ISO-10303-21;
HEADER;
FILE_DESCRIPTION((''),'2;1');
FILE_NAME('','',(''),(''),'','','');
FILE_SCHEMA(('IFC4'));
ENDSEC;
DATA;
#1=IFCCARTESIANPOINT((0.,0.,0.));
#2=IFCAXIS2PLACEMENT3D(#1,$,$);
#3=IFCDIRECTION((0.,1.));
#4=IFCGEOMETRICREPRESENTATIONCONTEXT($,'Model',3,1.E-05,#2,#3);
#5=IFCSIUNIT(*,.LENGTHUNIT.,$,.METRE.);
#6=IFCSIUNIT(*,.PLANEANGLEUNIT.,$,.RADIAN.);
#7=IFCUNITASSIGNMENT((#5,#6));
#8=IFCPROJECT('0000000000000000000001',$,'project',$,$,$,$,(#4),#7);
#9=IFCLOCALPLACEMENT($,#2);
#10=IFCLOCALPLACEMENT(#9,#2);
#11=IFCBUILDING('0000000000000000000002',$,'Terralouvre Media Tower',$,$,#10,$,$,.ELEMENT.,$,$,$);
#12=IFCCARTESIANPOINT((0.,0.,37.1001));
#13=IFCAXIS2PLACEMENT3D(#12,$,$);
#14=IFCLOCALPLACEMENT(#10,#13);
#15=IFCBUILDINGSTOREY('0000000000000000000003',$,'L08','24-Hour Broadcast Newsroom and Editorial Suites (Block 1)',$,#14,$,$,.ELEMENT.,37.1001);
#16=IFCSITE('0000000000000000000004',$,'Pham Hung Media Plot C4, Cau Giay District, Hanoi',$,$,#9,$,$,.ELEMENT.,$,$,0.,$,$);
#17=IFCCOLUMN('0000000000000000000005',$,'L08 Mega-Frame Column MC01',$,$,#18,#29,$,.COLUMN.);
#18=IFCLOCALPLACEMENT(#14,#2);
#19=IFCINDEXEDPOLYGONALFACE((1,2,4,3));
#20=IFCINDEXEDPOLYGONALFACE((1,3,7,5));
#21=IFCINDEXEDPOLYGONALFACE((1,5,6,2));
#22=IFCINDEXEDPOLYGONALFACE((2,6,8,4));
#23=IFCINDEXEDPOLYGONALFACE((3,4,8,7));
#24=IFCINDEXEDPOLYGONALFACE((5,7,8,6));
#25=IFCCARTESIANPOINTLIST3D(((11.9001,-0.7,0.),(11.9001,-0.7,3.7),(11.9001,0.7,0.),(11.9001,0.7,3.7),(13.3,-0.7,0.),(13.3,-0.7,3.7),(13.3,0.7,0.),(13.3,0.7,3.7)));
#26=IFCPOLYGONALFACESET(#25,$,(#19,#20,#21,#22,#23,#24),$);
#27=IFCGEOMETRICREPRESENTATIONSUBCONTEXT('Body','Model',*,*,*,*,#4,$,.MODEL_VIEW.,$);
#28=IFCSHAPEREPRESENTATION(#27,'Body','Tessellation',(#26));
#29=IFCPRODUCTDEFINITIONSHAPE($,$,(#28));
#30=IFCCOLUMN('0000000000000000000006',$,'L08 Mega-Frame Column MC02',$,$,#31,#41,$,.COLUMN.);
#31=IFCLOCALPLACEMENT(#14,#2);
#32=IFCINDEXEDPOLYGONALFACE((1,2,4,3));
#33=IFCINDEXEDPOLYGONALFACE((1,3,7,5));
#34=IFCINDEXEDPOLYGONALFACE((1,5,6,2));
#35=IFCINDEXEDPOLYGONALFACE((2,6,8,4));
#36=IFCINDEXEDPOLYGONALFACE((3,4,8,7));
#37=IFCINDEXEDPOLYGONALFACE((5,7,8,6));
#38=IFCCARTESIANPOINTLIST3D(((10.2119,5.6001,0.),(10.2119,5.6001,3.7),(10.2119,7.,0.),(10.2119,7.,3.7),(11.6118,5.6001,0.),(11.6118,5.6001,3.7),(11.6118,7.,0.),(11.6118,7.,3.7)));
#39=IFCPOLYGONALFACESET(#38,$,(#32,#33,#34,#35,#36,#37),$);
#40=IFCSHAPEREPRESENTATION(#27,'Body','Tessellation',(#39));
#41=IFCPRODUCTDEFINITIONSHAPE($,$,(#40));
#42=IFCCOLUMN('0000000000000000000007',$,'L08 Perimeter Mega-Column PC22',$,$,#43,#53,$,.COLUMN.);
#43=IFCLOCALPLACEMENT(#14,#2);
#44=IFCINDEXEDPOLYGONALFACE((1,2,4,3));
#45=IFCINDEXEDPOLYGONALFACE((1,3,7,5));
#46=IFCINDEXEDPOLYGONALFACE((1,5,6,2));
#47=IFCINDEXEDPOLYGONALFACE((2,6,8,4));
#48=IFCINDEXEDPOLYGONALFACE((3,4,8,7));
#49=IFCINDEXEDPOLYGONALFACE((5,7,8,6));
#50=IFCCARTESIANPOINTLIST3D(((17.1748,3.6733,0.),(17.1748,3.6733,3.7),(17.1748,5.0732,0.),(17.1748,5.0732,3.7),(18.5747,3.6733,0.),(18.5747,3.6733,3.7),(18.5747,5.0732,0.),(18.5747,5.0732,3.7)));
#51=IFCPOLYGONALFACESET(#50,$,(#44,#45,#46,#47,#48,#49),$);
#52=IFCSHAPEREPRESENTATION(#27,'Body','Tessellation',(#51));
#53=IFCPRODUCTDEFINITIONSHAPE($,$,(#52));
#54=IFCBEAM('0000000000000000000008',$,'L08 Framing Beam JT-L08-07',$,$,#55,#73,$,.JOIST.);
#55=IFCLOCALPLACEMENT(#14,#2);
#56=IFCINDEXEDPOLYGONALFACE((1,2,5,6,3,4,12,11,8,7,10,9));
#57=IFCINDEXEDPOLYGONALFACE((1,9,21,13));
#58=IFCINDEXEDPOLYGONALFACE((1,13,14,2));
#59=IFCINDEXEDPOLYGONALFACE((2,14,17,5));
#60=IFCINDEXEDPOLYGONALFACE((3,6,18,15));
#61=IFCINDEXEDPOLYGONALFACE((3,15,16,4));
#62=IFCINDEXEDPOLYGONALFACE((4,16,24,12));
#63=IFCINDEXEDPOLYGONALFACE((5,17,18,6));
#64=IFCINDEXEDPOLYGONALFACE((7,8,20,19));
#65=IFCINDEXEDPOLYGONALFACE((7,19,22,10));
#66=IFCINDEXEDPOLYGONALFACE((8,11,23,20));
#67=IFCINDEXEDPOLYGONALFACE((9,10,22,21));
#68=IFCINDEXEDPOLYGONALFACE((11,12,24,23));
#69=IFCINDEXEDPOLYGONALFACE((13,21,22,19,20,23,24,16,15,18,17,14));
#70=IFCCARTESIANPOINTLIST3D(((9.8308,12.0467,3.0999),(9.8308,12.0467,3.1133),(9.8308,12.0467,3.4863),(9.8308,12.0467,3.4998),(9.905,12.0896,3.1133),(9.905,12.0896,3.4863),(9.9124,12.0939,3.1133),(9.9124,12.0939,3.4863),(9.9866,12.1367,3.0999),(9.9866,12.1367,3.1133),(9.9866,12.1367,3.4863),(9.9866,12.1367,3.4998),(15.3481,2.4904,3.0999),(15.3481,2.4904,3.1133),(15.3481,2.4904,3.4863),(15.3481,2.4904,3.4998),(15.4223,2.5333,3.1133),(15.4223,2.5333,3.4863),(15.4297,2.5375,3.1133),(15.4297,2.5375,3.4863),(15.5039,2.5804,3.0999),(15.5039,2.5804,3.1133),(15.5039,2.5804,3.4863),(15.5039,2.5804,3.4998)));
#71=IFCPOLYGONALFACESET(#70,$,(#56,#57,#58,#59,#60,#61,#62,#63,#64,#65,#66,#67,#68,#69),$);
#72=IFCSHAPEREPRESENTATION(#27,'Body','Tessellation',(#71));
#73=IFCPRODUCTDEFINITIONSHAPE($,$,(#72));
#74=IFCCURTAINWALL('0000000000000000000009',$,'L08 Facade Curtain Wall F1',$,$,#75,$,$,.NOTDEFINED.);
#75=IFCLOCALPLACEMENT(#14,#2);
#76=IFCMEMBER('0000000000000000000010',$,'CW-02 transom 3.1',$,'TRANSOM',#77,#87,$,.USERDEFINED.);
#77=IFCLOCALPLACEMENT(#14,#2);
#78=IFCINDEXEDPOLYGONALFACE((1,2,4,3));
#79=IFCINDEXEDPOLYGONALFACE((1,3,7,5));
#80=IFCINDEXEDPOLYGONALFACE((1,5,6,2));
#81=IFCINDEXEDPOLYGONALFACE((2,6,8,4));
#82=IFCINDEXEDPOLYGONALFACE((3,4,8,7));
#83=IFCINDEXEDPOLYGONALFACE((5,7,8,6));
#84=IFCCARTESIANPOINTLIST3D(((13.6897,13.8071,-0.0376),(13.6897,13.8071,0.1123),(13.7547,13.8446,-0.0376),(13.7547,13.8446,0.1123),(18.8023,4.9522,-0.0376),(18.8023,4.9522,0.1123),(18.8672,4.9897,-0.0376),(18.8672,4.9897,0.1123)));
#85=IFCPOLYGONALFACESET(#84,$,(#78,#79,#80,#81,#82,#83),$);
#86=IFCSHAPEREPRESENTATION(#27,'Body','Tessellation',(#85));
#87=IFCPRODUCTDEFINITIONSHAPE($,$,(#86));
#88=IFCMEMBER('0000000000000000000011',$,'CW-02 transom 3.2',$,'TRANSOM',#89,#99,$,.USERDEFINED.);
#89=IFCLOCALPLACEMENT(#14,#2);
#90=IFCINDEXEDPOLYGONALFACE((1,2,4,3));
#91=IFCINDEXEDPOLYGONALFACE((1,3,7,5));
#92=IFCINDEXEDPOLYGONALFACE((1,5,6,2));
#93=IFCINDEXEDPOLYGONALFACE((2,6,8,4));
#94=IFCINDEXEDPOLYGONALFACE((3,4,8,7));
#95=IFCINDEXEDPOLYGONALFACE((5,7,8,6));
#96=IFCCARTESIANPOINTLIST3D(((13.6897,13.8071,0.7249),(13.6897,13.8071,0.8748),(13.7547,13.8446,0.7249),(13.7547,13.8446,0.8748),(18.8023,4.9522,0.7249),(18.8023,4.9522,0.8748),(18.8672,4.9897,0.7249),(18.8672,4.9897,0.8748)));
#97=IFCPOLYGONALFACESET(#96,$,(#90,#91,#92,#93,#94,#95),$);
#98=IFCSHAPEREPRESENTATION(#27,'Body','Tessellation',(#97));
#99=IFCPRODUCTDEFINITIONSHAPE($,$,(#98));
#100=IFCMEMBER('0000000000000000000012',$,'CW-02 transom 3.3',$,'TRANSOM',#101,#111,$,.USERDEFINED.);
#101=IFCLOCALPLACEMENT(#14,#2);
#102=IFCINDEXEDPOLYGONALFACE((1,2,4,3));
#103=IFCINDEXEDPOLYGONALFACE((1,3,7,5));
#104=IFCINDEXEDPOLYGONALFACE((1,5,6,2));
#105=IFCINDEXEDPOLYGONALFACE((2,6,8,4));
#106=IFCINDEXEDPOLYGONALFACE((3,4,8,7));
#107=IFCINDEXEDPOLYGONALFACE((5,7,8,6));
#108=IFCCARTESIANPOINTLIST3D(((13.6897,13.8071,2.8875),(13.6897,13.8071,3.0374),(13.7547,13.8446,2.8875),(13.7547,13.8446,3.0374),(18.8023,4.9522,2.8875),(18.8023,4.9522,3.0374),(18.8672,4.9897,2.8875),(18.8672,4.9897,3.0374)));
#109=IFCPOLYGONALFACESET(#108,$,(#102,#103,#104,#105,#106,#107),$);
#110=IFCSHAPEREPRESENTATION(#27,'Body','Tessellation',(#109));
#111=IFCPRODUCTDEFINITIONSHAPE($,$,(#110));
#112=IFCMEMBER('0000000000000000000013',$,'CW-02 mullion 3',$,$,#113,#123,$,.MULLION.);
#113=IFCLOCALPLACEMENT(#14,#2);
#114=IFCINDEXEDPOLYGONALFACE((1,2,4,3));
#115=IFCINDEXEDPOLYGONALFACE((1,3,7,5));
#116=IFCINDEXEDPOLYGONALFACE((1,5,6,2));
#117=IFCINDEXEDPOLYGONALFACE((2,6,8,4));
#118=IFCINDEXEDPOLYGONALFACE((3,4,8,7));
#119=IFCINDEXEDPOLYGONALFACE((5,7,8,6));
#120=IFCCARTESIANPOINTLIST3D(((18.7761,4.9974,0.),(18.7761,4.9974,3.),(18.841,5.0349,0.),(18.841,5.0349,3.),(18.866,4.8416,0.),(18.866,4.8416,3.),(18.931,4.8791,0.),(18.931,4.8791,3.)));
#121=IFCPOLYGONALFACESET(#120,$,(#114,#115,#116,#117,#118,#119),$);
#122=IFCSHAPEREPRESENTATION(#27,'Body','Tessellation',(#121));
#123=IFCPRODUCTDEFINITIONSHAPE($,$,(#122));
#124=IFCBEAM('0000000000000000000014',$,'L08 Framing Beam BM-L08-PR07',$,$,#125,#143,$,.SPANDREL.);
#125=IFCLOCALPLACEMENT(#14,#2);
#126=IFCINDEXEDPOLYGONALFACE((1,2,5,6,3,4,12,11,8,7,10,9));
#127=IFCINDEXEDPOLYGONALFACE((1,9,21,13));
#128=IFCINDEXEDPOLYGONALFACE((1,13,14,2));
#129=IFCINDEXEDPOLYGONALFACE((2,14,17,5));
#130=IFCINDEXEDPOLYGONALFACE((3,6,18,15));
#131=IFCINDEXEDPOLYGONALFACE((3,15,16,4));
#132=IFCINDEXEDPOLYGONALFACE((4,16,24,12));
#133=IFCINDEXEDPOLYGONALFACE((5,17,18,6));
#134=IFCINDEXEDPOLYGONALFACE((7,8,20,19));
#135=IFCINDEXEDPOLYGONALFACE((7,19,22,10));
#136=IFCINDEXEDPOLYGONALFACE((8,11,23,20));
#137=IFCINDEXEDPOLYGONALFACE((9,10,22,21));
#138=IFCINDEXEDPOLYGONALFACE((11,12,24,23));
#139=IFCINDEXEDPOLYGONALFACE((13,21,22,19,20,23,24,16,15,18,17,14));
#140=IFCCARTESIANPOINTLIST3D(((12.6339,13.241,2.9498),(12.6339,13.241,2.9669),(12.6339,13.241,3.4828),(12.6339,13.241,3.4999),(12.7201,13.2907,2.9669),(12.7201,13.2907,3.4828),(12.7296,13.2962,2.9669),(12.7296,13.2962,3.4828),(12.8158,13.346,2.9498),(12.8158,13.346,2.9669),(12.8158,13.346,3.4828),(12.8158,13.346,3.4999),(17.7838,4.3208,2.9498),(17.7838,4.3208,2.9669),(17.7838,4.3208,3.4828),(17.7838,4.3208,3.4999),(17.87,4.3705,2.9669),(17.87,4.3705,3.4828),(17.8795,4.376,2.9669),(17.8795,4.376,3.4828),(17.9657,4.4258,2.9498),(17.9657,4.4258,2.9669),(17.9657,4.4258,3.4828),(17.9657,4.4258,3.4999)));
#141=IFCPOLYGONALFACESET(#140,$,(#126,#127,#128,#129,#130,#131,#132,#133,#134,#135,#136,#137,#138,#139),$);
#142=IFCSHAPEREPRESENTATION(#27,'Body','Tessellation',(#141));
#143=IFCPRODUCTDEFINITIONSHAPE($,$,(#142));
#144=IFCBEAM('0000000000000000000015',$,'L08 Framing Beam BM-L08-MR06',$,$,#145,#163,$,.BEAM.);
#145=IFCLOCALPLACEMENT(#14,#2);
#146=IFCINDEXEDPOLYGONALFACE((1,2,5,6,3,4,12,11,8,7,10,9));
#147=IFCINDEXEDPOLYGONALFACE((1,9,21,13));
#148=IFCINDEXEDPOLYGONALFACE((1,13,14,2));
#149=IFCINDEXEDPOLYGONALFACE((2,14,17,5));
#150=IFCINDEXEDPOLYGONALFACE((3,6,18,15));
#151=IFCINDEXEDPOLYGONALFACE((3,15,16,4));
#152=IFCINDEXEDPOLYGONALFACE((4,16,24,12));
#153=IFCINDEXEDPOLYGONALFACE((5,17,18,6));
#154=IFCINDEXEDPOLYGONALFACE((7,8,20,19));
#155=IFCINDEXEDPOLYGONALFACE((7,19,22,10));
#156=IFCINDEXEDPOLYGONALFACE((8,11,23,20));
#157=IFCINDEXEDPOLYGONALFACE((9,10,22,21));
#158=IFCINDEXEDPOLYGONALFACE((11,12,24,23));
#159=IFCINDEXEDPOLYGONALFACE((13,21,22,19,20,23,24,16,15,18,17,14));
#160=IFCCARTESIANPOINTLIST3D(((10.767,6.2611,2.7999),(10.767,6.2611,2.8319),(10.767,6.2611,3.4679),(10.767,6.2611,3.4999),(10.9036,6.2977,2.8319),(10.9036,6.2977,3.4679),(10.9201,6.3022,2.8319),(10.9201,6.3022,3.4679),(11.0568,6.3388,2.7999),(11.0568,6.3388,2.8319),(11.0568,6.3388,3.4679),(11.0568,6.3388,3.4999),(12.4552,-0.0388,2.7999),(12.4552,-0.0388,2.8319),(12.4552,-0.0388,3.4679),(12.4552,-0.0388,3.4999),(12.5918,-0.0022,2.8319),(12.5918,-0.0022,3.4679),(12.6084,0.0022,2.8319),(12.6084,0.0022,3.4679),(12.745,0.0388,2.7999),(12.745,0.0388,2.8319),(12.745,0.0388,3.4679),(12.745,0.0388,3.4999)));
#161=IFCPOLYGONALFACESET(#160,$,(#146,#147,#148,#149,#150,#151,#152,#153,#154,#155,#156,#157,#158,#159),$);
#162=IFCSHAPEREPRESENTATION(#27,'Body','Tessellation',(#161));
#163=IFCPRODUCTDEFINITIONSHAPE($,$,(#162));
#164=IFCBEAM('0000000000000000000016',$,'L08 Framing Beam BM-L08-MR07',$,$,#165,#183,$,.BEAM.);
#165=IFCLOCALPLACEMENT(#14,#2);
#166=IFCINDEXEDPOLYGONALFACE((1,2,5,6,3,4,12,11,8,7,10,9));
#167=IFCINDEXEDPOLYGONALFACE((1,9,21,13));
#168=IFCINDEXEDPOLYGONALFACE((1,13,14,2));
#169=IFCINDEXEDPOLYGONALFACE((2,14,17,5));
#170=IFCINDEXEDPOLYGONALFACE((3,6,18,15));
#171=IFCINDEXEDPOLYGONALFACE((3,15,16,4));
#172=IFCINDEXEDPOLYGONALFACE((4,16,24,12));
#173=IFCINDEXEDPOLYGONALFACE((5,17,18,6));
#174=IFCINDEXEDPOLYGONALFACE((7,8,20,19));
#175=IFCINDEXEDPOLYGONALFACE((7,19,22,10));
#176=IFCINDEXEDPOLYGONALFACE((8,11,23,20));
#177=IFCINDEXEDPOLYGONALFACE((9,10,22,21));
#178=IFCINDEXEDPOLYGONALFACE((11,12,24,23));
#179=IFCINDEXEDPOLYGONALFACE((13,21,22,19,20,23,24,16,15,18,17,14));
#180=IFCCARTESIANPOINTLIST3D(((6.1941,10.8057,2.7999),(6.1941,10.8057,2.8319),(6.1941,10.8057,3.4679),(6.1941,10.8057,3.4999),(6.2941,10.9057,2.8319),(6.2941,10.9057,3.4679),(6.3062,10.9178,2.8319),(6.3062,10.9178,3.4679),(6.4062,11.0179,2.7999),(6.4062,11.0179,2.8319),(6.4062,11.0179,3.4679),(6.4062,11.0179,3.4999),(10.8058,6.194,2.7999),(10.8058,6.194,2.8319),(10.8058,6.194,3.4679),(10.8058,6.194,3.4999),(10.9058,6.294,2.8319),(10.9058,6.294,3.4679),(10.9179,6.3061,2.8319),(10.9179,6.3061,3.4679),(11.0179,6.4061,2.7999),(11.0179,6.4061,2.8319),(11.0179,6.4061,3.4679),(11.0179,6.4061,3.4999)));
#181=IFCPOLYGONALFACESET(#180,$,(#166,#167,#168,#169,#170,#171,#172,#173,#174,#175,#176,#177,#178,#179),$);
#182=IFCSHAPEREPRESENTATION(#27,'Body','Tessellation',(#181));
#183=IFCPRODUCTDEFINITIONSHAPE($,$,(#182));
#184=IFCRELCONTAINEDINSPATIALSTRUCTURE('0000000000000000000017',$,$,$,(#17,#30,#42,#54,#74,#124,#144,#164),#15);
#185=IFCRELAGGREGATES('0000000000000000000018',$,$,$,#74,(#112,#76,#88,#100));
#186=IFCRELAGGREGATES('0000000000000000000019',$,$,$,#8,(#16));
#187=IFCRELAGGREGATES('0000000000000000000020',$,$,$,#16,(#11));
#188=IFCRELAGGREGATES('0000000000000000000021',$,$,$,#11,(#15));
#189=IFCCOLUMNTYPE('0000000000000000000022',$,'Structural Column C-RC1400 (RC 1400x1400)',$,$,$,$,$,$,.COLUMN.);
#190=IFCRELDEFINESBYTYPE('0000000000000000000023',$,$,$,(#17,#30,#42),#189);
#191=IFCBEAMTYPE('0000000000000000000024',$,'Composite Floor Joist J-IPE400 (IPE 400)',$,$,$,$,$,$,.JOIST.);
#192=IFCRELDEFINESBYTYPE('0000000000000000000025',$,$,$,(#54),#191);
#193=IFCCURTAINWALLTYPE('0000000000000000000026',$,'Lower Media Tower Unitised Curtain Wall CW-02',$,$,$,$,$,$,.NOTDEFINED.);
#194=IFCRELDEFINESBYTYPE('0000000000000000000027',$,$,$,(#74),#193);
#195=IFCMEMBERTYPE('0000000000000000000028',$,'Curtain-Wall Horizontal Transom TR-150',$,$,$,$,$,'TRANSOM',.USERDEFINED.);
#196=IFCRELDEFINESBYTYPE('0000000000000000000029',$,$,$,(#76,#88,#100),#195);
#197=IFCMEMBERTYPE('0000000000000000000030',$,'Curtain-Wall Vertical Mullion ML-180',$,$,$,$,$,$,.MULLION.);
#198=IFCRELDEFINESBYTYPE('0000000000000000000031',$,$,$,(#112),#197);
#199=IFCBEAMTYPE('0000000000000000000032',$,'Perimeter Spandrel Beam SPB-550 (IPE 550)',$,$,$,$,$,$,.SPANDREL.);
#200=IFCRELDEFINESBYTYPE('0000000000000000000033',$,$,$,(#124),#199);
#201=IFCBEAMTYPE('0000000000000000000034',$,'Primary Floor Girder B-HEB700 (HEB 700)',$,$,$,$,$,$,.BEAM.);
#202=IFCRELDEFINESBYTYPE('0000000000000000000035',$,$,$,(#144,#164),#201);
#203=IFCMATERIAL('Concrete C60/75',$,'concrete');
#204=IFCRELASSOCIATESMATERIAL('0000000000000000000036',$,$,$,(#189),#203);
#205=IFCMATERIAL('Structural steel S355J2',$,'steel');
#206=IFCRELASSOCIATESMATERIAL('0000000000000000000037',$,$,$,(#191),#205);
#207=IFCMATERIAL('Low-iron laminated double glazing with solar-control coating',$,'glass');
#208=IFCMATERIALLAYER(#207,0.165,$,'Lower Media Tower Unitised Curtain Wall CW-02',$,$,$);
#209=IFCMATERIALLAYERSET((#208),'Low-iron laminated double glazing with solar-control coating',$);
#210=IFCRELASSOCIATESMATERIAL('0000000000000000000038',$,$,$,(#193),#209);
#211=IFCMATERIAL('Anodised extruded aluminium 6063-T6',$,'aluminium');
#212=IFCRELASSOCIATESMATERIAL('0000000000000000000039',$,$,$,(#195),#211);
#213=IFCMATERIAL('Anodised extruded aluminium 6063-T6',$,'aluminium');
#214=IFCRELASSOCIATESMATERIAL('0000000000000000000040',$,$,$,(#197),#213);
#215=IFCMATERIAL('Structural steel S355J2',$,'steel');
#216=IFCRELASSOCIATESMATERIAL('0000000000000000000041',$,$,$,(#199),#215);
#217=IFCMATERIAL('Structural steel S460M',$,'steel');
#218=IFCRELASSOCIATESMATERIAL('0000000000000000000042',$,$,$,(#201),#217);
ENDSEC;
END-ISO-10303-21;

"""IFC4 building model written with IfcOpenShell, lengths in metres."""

from ifc_helpers import new_model, si_unit, direction, frame, origin, origin_2d, place, context, subcontext, project, spatial, rectangle, i_section, extrude, material, layer, layer_set, material_profile, profile_set, type_object, element, aggregate, save


model = new_model("IFC4")

# Units and contexts
model_context = context("Model", 3, precision=1e-05, world=origin(), true_north=direction((0.0, 1.0)))
body_context = subcontext(model_context, "Body", "Model", "MODEL_VIEW")
ifc_project = project(units=[si_unit("LENGTHUNIT", "METRE"), si_unit("PLANEANGLEUNIT", "RADIAN")], contexts=[model_context])

# Site, building, storey
site_placement = place(None, origin())
site = spatial("IfcSite", under=ifc_project, at=site_placement, Name="Pham Hung Media Plot C4, Cau Giay District, Hanoi", CompositionType="ELEMENT", RefElevation=0.0)
building_placement = place(site_placement, origin())
building = spatial("IfcBuilding", under=site, at=building_placement, Name="Terralouvre Media Tower", CompositionType="ELEMENT")
storey_placement = place(building_placement, frame((0.0, 0.0, 37.1001)))
storey = spatial("IfcBuildingStorey", under=building, at=storey_placement, Name="L08", Description="24-Hour Broadcast Newsroom and Editorial Suites (Block 1)", CompositionType="ELEMENT", Elevation=37.1001)

# Columns
ifc_material_1 = material(Name="Concrete C60/75", Category="concrete")
ifc_material_profile_1 = material_profile(ifc_material_1, rectangle(XDim=1.3999, YDim=1.3999, at=origin_2d()), Name="RC 1400x1400")
ifc_profile_set_1 = profile_set([ifc_material_profile_1], Name="Concrete C60/75")
column_type = type_object("IfcColumnType", Name="Structural Column C-RC1400 (RC 1400x1400)", PredefinedType="COLUMN", material=ifc_profile_set_1)
for number, where, z_axis, x_axis, name in (
    (1, (12.6001, 0.0, 0.0), (0.0, 0.0, 1.0), (1.0, 0.0, 0.0), "L08 Mega-Frame Column MC01"),
    (2, (10.9119, 6.3, 0.0), (0.0, 0.0, 1.0), (1.0, 0.0, 0.0), "L08 Mega-Frame Column MC02"),
    (3, (17.8748, 4.3733, 0.0), (0.0, 0.0, 1.0), (1.0, 0.0, 0.0), "L08 Perimeter Mega-Column PC22"),
):
    element("IfcColumn", number, at=place(storey_placement, frame(where, z_axis=z_axis, x_axis=x_axis)), inside=storey, type_object=column_type, Name=name, PredefinedType="COLUMN", context=body_context, shape_type="SweptSolid", body=[
        extrude(rectangle(XDim=1.3999, YDim=1.3999, at=origin_2d()), origin(), (0.0, 0.0, 1.0), 3.7),
    ])

# Beam
ifc_material_2 = material(Name="Structural steel S355J2", Category="steel")
ifc_material_profile_2 = material_profile(ifc_material_2, i_section(OverallWidth=0.1799, OverallDepth=0.3999, WebThickness=0.0085, FlangeThickness=0.0134, at=origin_2d()), Name="IPE 400")
ifc_profile_set_2 = profile_set([ifc_material_profile_2], Name="Structural steel S355J2")
beam_type_1 = type_object("IfcBeamType", Name="Composite Floor Joist J-IPE400 (IPE 400)", PredefinedType="JOIST", material=ifc_profile_set_2)
beam_1_placement = place(storey_placement, frame((15.426, 2.5354, 3.2998), z_axis=(-0.499996, 0.866028, 0.0), x_axis=(-0.866028, -0.499996, 0.0)))
element("IfcBeam", 4, at=beam_1_placement, inside=storey, type_object=beam_type_1, Name="L08 Framing Beam JT-L08-07", PredefinedType="JOIST", context=body_context, shape_type="SweptSolid", body=[
    extrude(i_section(OverallWidth=0.1799, OverallDepth=0.3999, WebThickness=0.0085, FlangeThickness=0.0134, at=origin_2d()), origin(), (0.0, 0.0, 1.0), 11.0347),
])

# Curtain wall, members
ifc_material_3 = material(Name="Low-iron laminated double glazing with solar-control coating", Category="glass")
ifc_layer_1 = layer(ifc_material_3, 0.165, Name="Lower Media Tower Unitised Curtain Wall CW-02")
ifc_layer_set_1 = layer_set([ifc_layer_1], Name="Low-iron laminated double glazing with solar-control coating")
curtain_wall_type = type_object("IfcCurtainWallType", Name="Lower Media Tower Unitised Curtain Wall CW-02", PredefinedType="NOTDEFINED", material=ifc_layer_set_1)
curtain_wall_placement = place(storey_placement, origin())
curtain_wall = element("IfcCurtainWall", 5, at=curtain_wall_placement, inside=storey, type_object=curtain_wall_type, Name="L08 Facade Curtain Wall F1", PredefinedType="NOTDEFINED")
ifc_material_4 = material(Name="Anodised extruded aluminium 6063-T6", Category="aluminium")
ifc_material_profile_3 = material_profile(ifc_material_4, rectangle(XDim=0.075, YDim=0.1499, at=origin_2d()), Name="ALU 75x150")
ifc_profile_set_3 = profile_set([ifc_material_profile_3], Name="Anodised extruded aluminium 6063-T6")
member_type_1 = type_object("IfcMemberType", Name="Curtain-Wall Horizontal Transom TR-150", ElementType="TRANSOM", PredefinedType="USERDEFINED", material=ifc_profile_set_3)
member_1_placement = place(storey_placement, frame((18.8347, 4.9709, 0.0374), z_axis=(-0.500009, 0.86602, 0.0), x_axis=(-0.86602, -0.500009, 0.0)))
member_1 = element("IfcMember", 6, at=member_1_placement, type_object=member_type_1, Name="CW-02 transom 3.1", ObjectType="TRANSOM", PredefinedType="USERDEFINED", context=body_context, shape_type="SweptSolid", body=[
    extrude(rectangle(XDim=0.075, YDim=0.1499, at=origin_2d()), origin(), (0.0, 0.0, 1.0), 10.2249),
])
member_2_placement = place(storey_placement, frame((18.8347, 4.9709, 0.7998), z_axis=(-0.500009, 0.86602, 0.0), x_axis=(-0.86602, -0.500009, 0.0)))
member_2 = element("IfcMember", 7, at=member_2_placement, type_object=member_type_1, Name="CW-02 transom 3.2", ObjectType="TRANSOM", PredefinedType="USERDEFINED", context=body_context, shape_type="SweptSolid", body=[
    extrude(rectangle(XDim=0.075, YDim=0.1499, at=origin_2d()), origin(), (0.0, 0.0, 1.0), 10.2249),
])
member_3_placement = place(storey_placement, frame((18.8347, 4.9709, 2.9624), z_axis=(-0.500009, 0.86602, 0.0), x_axis=(-0.86602, -0.500009, 0.0)))
member_3 = element("IfcMember", 8, at=member_3_placement, type_object=member_type_1, Name="CW-02 transom 3.3", ObjectType="TRANSOM", PredefinedType="USERDEFINED", context=body_context, shape_type="SweptSolid", body=[
    extrude(rectangle(XDim=0.075, YDim=0.1499, at=origin_2d()), origin(), (0.0, 0.0, 1.0), 10.2249),
])
ifc_material_5 = material(Name="Anodised extruded aluminium 6063-T6", Category="aluminium")
ifc_material_profile_4 = material_profile(ifc_material_5, rectangle(XDim=0.075, YDim=0.1799, at=origin_2d()), Name="ALU 75x180")
ifc_profile_set_4 = profile_set([ifc_material_profile_4], Name="Anodised extruded aluminium 6063-T6")
member_type_2 = type_object("IfcMemberType", Name="Curtain-Wall Vertical Mullion ML-180", PredefinedType="MULLION", material=ifc_profile_set_4)
member_4_placement = place(storey_placement, frame((18.8535, 4.9382, 0.0), z_axis=(0.0, 0.0, 1.0), x_axis=(-0.866025, -0.5, 0.0)))
member_4 = element("IfcMember", 9, at=member_4_placement, type_object=member_type_2, Name="CW-02 mullion 3", PredefinedType="MULLION", context=body_context, shape_type="SweptSolid", body=[
    extrude(rectangle(XDim=0.075, YDim=0.1799, at=origin_2d()), origin(), (0.0, 0.0, 1.0), 3.0),
])

# Beams
ifc_material_6 = material(Name="Structural steel S355J2", Category="steel")
ifc_material_profile_5 = material_profile(ifc_material_6, i_section(OverallWidth=0.21, OverallDepth=0.55, WebThickness=0.011, FlangeThickness=0.0171, at=origin_2d()), Name="IPE 550")
ifc_profile_set_5 = profile_set([ifc_material_profile_5], Name="Structural steel S355J2")
beam_type_2 = type_object("IfcBeamType", Name="Perimeter Spandrel Beam SPB-550 (IPE 550)", PredefinedType="SPANDREL", material=ifc_profile_set_5)
beam_2_placement = place(storey_placement, frame((17.8748, 4.3733, 3.2249), z_axis=(-0.499989, 0.866032, 0.0), x_axis=(-0.866032, -0.499989, 0.0)))
element("IfcBeam", 10, at=beam_2_placement, inside=storey, type_object=beam_type_2, Name="L08 Framing Beam BM-L08-PR07", PredefinedType="SPANDREL", context=body_context, shape_type="SweptSolid", body=[
    extrude(i_section(OverallWidth=0.21, OverallDepth=0.55, WebThickness=0.011, FlangeThickness=0.0171, at=origin_2d()), origin(), (0.0, 0.0, 1.0), 10.3),
])
ifc_material_7 = material(Name="Structural steel S460M", Category="steel")
ifc_material_profile_6 = material_profile(ifc_material_7, i_section(OverallWidth=0.3, OverallDepth=0.7, WebThickness=0.0171, FlangeThickness=0.032, at=origin_2d()), Name="HEB 700")
ifc_profile_set_6 = profile_set([ifc_material_profile_6], Name="Structural steel S460M")
beam_type_3 = type_object("IfcBeamType", Name="Primary Floor Girder B-HEB700 (HEB 700)", PredefinedType="BEAM", material=ifc_profile_set_6)
beam_3_placement = place(storey_placement, frame((12.6001, 0.0, 3.1499), z_axis=(-0.258839, 0.96592, 0.0), x_axis=(-0.96592, -0.258839, 0.0)))
element("IfcBeam", 11, at=beam_3_placement, inside=storey, type_object=beam_type_3, Name="L08 Framing Beam BM-L08-MR06", PredefinedType="BEAM", context=body_context, shape_type="SweptSolid", body=[
    extrude(i_section(OverallWidth=0.3, OverallDepth=0.7, WebThickness=0.0171, FlangeThickness=0.032, at=origin_2d()), origin(), (0.0, 0.0, 1.0), 6.5222),
])
beam_4_placement = place(storey_placement, frame((10.9119, 6.3, 3.1499), z_axis=(-0.707107, 0.707107, 0.0), x_axis=(-0.707107, -0.707107, 0.0)))
element("IfcBeam", 12, at=beam_4_placement, inside=storey, type_object=beam_type_3, Name="L08 Framing Beam BM-L08-MR07", PredefinedType="BEAM", context=body_context, shape_type="SweptSolid", body=[
    extrude(i_section(OverallWidth=0.3, OverallDepth=0.7, WebThickness=0.0171, FlangeThickness=0.032, at=origin_2d()), origin(), (0.0, 0.0, 1.0), 6.522),
])

aggregate(curtain_wall, [member_4, member_1, member_2, member_3])

save(model, "model.ifc")
